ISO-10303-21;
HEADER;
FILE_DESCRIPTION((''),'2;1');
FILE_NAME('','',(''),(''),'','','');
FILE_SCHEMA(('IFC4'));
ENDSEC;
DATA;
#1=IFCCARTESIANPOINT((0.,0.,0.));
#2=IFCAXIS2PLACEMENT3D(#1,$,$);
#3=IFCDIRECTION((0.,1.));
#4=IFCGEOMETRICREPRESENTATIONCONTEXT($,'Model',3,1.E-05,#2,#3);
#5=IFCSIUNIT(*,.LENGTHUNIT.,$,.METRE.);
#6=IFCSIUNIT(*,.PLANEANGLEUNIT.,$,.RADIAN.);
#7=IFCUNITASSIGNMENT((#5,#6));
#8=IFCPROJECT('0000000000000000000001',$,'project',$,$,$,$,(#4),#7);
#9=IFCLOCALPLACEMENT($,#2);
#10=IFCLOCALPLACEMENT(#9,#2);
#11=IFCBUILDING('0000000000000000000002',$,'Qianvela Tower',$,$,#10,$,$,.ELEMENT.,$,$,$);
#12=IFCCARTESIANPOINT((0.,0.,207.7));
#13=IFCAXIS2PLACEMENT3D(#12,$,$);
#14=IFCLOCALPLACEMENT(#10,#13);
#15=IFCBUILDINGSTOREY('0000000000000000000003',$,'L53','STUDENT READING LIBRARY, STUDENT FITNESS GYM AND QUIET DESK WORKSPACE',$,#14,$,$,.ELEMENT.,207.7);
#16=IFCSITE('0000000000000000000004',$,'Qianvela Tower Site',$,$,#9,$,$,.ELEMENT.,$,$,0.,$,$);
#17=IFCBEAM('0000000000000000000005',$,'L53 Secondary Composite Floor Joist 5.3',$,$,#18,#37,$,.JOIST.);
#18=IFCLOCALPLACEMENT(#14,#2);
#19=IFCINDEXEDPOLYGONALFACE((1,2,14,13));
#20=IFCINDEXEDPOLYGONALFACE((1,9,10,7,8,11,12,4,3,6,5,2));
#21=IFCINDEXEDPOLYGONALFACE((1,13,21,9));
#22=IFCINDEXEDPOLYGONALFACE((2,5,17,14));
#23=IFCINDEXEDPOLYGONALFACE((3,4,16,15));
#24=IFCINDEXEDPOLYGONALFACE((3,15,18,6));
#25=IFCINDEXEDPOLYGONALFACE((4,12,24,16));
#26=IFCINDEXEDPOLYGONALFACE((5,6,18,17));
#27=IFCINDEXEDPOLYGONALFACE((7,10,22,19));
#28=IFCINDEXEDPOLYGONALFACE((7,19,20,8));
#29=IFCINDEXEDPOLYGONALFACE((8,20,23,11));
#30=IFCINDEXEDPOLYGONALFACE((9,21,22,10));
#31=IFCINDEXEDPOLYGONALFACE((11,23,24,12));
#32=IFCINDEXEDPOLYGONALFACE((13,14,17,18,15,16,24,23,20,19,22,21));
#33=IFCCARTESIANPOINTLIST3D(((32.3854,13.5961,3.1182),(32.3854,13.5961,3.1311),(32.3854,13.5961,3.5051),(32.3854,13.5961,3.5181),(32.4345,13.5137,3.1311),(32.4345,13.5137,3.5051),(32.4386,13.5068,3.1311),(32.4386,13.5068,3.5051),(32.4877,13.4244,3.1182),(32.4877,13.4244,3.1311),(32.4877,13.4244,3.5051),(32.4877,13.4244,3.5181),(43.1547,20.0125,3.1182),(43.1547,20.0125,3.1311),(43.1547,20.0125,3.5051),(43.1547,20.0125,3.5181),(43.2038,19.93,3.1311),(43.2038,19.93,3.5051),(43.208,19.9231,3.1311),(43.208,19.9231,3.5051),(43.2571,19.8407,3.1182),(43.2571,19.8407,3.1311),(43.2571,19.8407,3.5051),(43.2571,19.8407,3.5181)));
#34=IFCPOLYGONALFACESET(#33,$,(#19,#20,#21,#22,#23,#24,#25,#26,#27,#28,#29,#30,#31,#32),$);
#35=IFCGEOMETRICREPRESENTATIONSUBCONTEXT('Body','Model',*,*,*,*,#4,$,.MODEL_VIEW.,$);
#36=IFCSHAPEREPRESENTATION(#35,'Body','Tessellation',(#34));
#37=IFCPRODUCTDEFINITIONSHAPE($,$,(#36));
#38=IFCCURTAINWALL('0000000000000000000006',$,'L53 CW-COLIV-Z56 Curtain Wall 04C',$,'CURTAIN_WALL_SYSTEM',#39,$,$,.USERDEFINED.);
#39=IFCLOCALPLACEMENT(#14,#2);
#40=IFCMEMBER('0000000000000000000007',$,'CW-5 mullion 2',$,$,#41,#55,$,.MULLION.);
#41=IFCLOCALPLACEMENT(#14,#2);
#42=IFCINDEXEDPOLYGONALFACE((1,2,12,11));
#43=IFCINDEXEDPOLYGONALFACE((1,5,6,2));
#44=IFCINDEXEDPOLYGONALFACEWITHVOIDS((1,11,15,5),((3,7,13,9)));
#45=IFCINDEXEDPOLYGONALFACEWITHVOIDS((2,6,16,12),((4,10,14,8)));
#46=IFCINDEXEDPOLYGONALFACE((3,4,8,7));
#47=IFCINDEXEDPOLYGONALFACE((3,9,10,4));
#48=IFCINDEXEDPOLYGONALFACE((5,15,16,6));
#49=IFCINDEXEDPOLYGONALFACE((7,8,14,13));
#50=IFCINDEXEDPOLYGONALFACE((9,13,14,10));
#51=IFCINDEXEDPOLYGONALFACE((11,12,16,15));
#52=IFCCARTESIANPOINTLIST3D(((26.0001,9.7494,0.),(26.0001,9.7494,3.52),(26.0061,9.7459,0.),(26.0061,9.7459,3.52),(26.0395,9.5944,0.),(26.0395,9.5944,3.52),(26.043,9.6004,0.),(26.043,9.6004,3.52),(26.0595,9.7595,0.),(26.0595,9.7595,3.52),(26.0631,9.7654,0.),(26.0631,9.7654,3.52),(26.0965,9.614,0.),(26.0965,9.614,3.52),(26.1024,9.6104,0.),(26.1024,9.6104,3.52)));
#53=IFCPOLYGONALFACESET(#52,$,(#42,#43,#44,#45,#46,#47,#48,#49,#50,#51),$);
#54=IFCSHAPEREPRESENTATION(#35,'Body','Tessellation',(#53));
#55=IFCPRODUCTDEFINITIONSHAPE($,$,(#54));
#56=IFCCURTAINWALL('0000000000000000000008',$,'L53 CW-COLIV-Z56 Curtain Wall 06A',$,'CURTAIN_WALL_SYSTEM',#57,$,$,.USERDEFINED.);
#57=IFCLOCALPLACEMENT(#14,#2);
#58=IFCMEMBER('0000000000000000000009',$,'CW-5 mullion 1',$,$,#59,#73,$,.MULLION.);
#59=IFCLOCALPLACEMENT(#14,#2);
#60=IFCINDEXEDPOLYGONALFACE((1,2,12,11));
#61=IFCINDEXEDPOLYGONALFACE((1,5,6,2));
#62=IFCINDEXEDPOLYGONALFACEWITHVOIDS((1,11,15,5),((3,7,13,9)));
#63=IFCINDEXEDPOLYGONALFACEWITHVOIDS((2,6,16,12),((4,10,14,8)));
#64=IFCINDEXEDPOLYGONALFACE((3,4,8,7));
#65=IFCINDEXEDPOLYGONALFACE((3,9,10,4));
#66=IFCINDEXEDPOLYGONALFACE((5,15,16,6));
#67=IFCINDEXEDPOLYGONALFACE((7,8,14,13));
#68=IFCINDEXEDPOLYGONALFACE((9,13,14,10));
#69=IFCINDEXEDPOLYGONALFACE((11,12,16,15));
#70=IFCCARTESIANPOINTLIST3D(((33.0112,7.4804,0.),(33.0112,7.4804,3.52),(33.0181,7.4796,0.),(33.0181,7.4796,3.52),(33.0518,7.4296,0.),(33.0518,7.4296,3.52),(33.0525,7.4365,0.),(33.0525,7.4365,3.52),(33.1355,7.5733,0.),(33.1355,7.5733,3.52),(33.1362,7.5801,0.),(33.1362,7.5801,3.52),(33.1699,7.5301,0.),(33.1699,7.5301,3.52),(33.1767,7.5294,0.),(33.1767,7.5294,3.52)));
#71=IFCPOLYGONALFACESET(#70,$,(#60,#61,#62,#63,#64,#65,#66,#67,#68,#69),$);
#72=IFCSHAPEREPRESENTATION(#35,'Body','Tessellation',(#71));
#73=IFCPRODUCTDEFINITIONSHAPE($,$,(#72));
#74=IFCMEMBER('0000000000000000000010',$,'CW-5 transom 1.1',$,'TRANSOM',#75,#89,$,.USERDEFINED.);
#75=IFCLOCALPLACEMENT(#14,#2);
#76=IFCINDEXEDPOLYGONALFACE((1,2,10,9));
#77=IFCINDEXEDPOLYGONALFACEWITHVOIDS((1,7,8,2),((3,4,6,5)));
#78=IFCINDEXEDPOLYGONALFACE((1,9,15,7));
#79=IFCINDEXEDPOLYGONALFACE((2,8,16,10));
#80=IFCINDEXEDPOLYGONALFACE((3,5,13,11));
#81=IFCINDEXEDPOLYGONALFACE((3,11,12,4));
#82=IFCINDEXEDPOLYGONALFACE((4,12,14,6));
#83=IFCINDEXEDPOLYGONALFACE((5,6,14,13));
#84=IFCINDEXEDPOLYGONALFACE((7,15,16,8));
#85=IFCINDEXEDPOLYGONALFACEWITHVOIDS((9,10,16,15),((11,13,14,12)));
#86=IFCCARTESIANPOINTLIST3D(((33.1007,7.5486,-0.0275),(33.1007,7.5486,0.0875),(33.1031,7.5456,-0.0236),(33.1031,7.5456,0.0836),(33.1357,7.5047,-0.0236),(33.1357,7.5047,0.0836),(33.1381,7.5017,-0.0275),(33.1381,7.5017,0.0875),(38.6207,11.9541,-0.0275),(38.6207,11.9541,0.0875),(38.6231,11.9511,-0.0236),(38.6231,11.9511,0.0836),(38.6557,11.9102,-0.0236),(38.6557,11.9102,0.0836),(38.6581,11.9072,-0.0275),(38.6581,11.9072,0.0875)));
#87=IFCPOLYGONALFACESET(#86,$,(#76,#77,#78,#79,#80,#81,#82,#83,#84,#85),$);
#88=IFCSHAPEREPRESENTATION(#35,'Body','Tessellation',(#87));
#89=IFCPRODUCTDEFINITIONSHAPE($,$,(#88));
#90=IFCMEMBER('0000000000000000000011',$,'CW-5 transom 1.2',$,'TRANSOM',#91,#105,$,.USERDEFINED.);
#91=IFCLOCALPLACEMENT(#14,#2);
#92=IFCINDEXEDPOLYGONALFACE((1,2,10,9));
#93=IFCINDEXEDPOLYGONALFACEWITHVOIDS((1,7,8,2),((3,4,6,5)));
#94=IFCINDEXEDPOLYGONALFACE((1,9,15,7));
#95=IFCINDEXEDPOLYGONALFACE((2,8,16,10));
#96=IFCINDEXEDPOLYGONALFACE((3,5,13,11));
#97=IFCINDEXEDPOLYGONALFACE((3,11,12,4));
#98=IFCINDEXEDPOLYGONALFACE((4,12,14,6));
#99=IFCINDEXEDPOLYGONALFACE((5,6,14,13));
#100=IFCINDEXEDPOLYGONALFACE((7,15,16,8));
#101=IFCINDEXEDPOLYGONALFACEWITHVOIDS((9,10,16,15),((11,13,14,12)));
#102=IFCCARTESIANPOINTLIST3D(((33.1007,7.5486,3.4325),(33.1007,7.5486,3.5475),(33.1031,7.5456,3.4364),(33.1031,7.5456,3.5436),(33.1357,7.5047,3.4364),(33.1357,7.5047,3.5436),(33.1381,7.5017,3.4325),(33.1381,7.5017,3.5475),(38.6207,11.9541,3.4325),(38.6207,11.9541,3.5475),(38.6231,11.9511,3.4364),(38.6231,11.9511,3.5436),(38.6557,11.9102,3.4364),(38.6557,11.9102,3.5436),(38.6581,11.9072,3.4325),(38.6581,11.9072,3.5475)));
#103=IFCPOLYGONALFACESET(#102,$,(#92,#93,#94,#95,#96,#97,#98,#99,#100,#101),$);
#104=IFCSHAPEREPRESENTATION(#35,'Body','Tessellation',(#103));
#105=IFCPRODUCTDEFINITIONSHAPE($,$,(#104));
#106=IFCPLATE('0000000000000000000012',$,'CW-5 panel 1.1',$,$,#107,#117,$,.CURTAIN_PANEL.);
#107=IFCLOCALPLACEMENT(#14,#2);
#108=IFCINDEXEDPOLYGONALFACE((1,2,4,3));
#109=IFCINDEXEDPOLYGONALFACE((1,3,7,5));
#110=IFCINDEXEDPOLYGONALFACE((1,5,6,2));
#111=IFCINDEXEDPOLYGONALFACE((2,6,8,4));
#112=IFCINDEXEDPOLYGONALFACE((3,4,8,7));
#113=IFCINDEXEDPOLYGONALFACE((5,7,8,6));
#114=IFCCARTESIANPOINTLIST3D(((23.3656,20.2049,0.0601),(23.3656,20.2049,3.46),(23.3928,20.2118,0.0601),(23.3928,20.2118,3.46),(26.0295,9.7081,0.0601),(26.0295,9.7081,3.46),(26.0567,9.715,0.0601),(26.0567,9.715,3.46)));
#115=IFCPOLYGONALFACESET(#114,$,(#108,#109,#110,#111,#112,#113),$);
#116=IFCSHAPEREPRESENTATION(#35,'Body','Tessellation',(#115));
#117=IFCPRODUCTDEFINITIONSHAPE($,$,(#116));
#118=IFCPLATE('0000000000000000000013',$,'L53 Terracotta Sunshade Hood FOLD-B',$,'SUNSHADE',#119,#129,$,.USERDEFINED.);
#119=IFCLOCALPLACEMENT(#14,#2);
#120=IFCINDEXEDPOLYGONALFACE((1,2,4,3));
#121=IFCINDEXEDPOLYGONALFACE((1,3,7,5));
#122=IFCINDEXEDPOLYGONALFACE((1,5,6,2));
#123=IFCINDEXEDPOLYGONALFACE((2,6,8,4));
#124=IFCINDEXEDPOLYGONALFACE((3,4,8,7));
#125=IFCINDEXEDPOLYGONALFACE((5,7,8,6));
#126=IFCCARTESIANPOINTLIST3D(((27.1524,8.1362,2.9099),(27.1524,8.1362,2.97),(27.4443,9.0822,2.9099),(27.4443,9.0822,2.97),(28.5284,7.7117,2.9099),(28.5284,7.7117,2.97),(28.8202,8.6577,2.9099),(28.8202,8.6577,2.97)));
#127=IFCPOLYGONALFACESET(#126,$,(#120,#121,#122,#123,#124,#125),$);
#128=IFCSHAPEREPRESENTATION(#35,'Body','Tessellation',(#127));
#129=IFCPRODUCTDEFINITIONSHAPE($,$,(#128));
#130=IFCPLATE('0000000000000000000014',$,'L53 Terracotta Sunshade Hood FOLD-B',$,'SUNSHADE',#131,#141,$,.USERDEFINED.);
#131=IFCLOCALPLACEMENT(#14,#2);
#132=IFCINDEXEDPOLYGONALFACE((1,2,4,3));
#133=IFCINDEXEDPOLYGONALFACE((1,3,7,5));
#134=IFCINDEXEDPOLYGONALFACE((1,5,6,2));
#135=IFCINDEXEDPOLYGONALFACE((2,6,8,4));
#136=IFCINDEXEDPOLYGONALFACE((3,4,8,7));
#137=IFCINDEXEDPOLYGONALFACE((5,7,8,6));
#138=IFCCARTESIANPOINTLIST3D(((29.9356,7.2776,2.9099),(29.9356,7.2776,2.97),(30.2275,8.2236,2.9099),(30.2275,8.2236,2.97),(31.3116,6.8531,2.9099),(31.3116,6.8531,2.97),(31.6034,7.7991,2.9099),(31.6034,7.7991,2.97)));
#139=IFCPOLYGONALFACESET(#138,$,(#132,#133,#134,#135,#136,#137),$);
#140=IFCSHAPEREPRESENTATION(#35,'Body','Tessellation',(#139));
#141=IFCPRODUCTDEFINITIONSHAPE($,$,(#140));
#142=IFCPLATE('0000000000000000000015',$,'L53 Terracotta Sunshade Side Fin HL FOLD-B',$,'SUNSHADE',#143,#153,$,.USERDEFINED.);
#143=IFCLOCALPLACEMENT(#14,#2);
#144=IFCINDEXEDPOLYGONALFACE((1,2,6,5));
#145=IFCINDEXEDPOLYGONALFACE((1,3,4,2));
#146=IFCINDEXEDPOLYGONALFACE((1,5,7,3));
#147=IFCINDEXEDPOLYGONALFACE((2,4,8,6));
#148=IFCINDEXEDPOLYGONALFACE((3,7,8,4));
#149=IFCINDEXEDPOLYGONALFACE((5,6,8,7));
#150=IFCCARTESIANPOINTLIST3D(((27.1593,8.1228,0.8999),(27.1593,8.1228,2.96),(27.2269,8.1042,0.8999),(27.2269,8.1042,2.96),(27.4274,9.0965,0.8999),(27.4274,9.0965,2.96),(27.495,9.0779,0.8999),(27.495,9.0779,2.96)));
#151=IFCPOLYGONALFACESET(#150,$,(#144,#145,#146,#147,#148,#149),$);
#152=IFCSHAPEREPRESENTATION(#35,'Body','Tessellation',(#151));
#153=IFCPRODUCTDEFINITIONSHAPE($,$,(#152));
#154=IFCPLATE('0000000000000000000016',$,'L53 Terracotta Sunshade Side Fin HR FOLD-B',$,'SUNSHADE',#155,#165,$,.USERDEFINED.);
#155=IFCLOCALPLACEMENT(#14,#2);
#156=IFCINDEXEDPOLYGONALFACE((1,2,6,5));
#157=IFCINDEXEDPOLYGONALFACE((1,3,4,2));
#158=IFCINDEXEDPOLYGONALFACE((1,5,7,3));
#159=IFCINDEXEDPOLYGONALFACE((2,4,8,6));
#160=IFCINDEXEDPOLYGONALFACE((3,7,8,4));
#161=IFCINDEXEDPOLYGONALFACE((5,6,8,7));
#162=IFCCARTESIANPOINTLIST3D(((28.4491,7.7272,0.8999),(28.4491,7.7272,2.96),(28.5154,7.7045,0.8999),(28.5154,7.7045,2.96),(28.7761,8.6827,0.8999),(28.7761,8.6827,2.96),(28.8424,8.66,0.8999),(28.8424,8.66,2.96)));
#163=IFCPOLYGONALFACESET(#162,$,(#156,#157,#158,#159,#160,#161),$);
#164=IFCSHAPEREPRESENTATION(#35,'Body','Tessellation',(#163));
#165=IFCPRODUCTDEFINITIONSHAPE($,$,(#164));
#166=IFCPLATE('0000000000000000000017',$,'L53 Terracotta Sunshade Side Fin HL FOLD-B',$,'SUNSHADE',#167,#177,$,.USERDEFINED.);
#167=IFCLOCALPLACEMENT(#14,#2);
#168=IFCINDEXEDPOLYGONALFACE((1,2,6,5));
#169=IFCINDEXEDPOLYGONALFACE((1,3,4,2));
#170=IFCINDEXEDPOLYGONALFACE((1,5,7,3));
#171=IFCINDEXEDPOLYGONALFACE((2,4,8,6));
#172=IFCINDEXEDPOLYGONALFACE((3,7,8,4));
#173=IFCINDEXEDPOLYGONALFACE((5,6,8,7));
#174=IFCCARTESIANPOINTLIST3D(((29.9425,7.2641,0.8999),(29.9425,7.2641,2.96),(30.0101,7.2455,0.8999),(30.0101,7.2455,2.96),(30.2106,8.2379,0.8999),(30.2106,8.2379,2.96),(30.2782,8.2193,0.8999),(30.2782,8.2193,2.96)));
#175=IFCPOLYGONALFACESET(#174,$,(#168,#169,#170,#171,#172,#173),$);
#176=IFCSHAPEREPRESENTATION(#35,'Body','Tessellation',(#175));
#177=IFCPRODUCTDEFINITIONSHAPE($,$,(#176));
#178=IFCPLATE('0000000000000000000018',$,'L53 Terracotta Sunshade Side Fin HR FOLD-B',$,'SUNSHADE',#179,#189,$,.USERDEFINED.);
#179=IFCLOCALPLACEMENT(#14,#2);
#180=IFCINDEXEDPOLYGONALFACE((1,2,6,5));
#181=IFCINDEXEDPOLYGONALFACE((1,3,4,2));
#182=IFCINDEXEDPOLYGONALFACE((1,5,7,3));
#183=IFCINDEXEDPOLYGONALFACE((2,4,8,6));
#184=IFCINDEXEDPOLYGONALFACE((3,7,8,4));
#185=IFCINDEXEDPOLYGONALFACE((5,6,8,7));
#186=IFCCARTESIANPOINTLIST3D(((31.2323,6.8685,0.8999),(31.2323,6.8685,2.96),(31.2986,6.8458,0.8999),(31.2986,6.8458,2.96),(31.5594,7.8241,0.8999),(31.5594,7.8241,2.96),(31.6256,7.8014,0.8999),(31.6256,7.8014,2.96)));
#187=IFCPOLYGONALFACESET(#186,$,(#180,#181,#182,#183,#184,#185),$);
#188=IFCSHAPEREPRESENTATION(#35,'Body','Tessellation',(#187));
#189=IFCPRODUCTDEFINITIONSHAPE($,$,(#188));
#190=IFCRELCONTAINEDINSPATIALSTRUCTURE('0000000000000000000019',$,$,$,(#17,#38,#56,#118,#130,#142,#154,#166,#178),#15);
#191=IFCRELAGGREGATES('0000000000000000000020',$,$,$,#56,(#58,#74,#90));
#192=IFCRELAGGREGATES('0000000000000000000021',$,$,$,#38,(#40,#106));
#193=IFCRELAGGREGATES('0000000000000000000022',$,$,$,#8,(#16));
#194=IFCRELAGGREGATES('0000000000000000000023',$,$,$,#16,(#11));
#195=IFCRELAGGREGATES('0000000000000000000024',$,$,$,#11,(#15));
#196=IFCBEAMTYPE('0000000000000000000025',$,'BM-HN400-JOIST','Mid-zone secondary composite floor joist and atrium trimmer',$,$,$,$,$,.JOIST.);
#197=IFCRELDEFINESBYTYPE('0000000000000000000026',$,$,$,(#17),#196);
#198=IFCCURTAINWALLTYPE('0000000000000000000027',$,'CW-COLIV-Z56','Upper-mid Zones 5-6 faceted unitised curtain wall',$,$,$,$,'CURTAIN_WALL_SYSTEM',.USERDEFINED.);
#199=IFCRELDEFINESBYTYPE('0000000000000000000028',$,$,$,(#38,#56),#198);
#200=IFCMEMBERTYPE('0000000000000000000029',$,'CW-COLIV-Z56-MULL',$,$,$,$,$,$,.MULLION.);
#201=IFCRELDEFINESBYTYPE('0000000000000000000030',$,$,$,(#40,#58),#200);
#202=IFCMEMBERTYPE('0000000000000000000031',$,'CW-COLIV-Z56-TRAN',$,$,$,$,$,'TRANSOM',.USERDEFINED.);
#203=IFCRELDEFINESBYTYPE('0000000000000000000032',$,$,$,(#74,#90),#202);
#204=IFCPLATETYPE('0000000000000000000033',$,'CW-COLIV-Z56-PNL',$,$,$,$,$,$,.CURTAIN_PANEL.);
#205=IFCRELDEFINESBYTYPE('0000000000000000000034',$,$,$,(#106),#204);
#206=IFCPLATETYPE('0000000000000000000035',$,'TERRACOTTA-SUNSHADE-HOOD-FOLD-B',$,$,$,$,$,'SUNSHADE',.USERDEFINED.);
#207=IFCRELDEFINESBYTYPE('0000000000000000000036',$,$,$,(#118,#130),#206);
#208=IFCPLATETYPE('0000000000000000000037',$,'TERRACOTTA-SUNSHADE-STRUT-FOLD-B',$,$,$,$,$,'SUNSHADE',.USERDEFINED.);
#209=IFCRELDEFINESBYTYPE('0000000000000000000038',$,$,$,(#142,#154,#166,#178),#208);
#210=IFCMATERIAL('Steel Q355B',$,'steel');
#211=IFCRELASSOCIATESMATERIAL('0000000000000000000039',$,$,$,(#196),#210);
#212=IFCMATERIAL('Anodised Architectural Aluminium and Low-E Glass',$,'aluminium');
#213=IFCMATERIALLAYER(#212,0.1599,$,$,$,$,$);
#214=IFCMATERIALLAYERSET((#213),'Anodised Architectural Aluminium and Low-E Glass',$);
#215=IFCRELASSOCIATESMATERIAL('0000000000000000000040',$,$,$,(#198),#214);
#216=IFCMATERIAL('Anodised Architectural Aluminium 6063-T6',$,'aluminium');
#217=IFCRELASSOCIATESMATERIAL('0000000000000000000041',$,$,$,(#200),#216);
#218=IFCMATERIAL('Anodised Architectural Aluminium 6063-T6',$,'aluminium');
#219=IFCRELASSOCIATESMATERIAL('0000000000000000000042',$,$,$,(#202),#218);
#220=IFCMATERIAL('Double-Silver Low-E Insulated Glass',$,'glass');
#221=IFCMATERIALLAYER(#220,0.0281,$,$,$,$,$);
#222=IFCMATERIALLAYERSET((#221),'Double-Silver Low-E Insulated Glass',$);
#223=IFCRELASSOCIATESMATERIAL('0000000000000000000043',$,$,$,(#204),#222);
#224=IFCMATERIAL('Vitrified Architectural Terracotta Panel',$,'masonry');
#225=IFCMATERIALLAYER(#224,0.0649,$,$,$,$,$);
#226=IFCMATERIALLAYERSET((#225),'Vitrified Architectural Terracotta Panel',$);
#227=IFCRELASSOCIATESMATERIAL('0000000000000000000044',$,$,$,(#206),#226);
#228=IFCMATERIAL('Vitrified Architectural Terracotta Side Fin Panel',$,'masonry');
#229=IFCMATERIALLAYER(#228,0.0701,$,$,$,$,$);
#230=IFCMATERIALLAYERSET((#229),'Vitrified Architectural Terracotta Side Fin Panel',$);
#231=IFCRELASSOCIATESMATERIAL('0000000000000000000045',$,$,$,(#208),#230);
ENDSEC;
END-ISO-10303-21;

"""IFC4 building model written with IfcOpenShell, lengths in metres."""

from ifc_helpers import new_model, si_unit, direction, frame, origin, origin_2d, place, context, subcontext, project, spatial, rectangle, hollow_rectangle, i_section, extrude, material, layer, layer_set, material_profile, profile_set, type_object, element, aggregate, save


model = new_model("IFC4")

# Units and contexts
model_context = context("Model", 3, precision=1e-05, world=origin(), true_north=direction((0.0, 1.0)))
body_context = subcontext(model_context, "Body", "Model", "MODEL_VIEW")
ifc_project = project(units=[si_unit("LENGTHUNIT", "METRE"), si_unit("PLANEANGLEUNIT", "RADIAN")], contexts=[model_context])

# Site, building, storey
site_placement = place(None, origin())
site = spatial("IfcSite", under=ifc_project, at=site_placement, Name="Qianvela Tower Site", CompositionType="ELEMENT", RefElevation=0.0)
building_placement = place(site_placement, origin())
building = spatial("IfcBuilding", under=site, at=building_placement, Name="Qianvela Tower", CompositionType="ELEMENT")
storey_placement = place(building_placement, frame((0.0, 0.0, 207.7)))
storey = spatial("IfcBuildingStorey", under=building, at=storey_placement, Name="L53", Description="STUDENT READING LIBRARY, STUDENT FITNESS GYM AND QUIET DESK WORKSPACE", CompositionType="ELEMENT", Elevation=207.7)

# Beam
ifc_material_1 = material(Name="Steel Q355B", Category="steel")
ifc_material_profile_1 = material_profile(ifc_material_1, i_section(OverallWidth=0.2, OverallDepth=0.3999, WebThickness=0.0081, FlangeThickness=0.0129, at=origin_2d()), Name="HN400x200x8x13")
ifc_profile_set_1 = profile_set([ifc_material_profile_1], Name="Steel Q355B")
beam_type = type_object("IfcBeamType", Name="BM-HN400-JOIST", Description="Mid-zone secondary composite floor joist and atrium trimmer", PredefinedType="JOIST", material=ifc_profile_set_1)
beam_placement = place(storey_placement, frame((32.4365, 13.5103, 3.3181), z_axis=(0.859084, 0.511835, 0.0), x_axis=(-0.511835, 0.859084, 0.0)))
element("IfcBeam", 1, at=beam_placement, inside=storey, type_object=beam_type, Name="L53 Secondary Composite Floor Joist 5.3", PredefinedType="JOIST", context=body_context, shape_type="SweptSolid", body=[
    extrude(i_section(OverallWidth=0.2, OverallDepth=0.3999, WebThickness=0.0081, FlangeThickness=0.0129, at=origin_2d()), origin(), (0.0, 0.0, 1.0), 12.5359),
])

# Curtain wall, member
ifc_material_2 = material(Name="Anodised Architectural Aluminium and Low-E Glass", Category="aluminium")
ifc_layer_1 = layer(ifc_material_2, 0.1599)
ifc_layer_set_1 = layer_set([ifc_layer_1], Name="Anodised Architectural Aluminium and Low-E Glass")
curtain_wall_type = type_object("IfcCurtainWallType", Name="CW-COLIV-Z56", Description="Upper-mid Zones 5-6 faceted unitised curtain wall", ElementType="CURTAIN_WALL_SYSTEM", PredefinedType="USERDEFINED", material=ifc_layer_set_1)
curtain_wall_1_placement = place(storey_placement, origin())
curtain_wall_1 = element("IfcCurtainWall", 2, at=curtain_wall_1_placement, inside=storey, type_object=curtain_wall_type, Name="L53 CW-COLIV-Z56 Curtain Wall 04C", ObjectType="CURTAIN_WALL_SYSTEM", PredefinedType="USERDEFINED")
ifc_material_3 = material(Name="Anodised Architectural Aluminium 6063-T6", Category="aluminium")
ifc_material_profile_2 = material_profile(ifc_material_3, hollow_rectangle(XDim=0.0649, YDim=0.1599, WallThickness=0.0049, at=origin_2d()), Name="ALU-MULL-65x160")
ifc_profile_set_2 = profile_set([ifc_material_profile_2], Name="Anodised Architectural Aluminium 6063-T6")
member_type_1 = type_object("IfcMemberType", Name="CW-COLIV-Z56-MULL", PredefinedType="MULLION", material=ifc_profile_set_2)
member_1_placement = place(storey_placement, frame((26.0513, 9.6799, 0.0), z_axis=(0.0, 0.0, 1.0), x_axis=(0.969274, 0.245984, 0.0)))
member_1 = element("IfcMember", 3, at=member_1_placement, type_object=member_type_1, Name="CW-5 mullion 2", PredefinedType="MULLION", context=body_context, shape_type="SweptSolid", body=[
    extrude(hollow_rectangle(XDim=0.0649, YDim=0.1599, WallThickness=0.0049, at=origin_2d()), origin(), (0.0, 0.0, 1.0), 3.52),
])

# Curtain wall, members
curtain_wall_2_placement = place(storey_placement, origin())
curtain_wall_2 = element("IfcCurtainWall", 4, at=curtain_wall_2_placement, inside=storey, type_object=curtain_wall_type, Name="L53 CW-COLIV-Z56 Curtain Wall 06A", ObjectType="CURTAIN_WALL_SYSTEM", PredefinedType="USERDEFINED")
member_2_placement = place(storey_placement, frame((33.094, 7.5049, 0.0), z_axis=(0.0, 0.0, 1.0), x_axis=(-0.623783, 0.781597, 0.0)))
member_2 = element("IfcMember", 5, at=member_2_placement, type_object=member_type_1, Name="CW-5 mullion 1", PredefinedType="MULLION", context=body_context, shape_type="SweptSolid", body=[
    extrude(hollow_rectangle(XDim=0.0649, YDim=0.1599, WallThickness=0.0049, at=origin_2d()), origin(), (0.0, 0.0, 1.0), 3.52),
])
ifc_material_4 = material(Name="Anodised Architectural Aluminium 6063-T6", Category="aluminium")
ifc_material_profile_3 = material_profile(ifc_material_4, hollow_rectangle(XDim=0.0601, YDim=0.115, WallThickness=0.0039, at=origin_2d()), Name="ALU-TRAN-60x115")
ifc_profile_set_3 = profile_set([ifc_material_profile_3], Name="Anodised Architectural Aluminium 6063-T6")
member_type_2 = type_object("IfcMemberType", Name="CW-COLIV-Z56-TRAN", ElementType="TRANSOM", PredefinedType="USERDEFINED", material=ifc_profile_set_3)
member_3_placement = place(storey_placement, frame((33.1194, 7.5251, 0.03), z_axis=(0.781593, 0.623788, 0.0), x_axis=(-0.623788, 0.781593, 0.0)))
member_3 = element("IfcMember", 6, at=member_3_placement, type_object=member_type_2, Name="CW-5 transom 1.1", ObjectType="TRANSOM", PredefinedType="USERDEFINED", context=body_context, shape_type="SweptSolid", body=[
    extrude(hollow_rectangle(XDim=0.0601, YDim=0.115, WallThickness=0.0039, at=origin_2d()), origin(), (0.0, 0.0, 1.0), 7.0625),
])
member_4_placement = place(storey_placement, frame((33.1194, 7.5251, 3.49), z_axis=(0.781593, 0.623788, 0.0), x_axis=(-0.623788, 0.781593, 0.0)))
member_4 = element("IfcMember", 7, at=member_4_placement, type_object=member_type_2, Name="CW-5 transom 1.2", ObjectType="TRANSOM", PredefinedType="USERDEFINED", context=body_context, shape_type="SweptSolid", body=[
    extrude(hollow_rectangle(XDim=0.0601, YDim=0.115, WallThickness=0.0039, at=origin_2d()), origin(), (0.0, 0.0, 1.0), 7.0625),
])
aggregate(curtain_wall_2, [member_2, member_3, member_4])

# Plate
ifc_material_5 = material(Name="Double-Silver Low-E Insulated Glass", Category="glass")
ifc_layer_2 = layer(ifc_material_5, 0.0281)
ifc_layer_set_2 = layer_set([ifc_layer_2], Name="Double-Silver Low-E Insulated Glass")
plate_type_1 = type_object("IfcPlateType", Name="CW-COLIV-Z56-PNL", PredefinedType="CURTAIN_PANEL", material=ifc_layer_set_2)
plate_placement = place(storey_placement, frame((24.7112, 14.96, 0.0601), z_axis=(0.0, 0.0, 1.0), x_axis=(0.245984, -0.969274, 0.0)))
plate = element("IfcPlate", 8, at=plate_placement, type_object=plate_type_1, Name="CW-5 panel 1.1", PredefinedType="CURTAIN_PANEL", context=body_context, shape_type="SweptSolid", body=[
    extrude(rectangle(XDim=10.8296, YDim=0.0281, at=origin_2d()), origin(), (0.0, 0.0, 1.0), 3.3999),
])
aggregate(curtain_wall_1, [member_1, plate])

# Plates
ifc_material_6 = material(Name="Vitrified Architectural Terracotta Panel", Category="masonry")
ifc_layer_3 = layer(ifc_material_6, 0.0649)
ifc_layer_set_3 = layer_set([ifc_layer_3], Name="Vitrified Architectural Terracotta Panel")
plate_type_2 = type_object("IfcPlateType", Name="TERRACOTTA-SUNSHADE-HOOD-FOLD-B", ElementType="SUNSHADE", PredefinedType="USERDEFINED", material=ifc_layer_set_3)
for number, where, z_axis, x_axis, name in (
    (9, (27.9863, 8.397, 2.9099), (0.0, 0.0, 1.0), (0.95556, -0.294798, 0.0), "L53 Terracotta Sunshade Hood FOLD-B"),
    (10, (30.7695, 7.5383, 2.9099), (0.0, 0.0, 1.0), (0.95556, -0.294798, 0.0), "L53 Terracotta Sunshade Hood FOLD-B"),
):
    element("IfcPlate", number, at=place(storey_placement, frame(where, z_axis=z_axis, x_axis=x_axis)), inside=storey, type_object=plate_type_2, Name=name, ObjectType="SUNSHADE", PredefinedType="USERDEFINED", context=body_context, shape_type="SweptSolid", body=[
        extrude(rectangle(XDim=1.4399, YDim=0.99, at=origin_2d()), origin(), (0.0, 0.0, 1.0), 0.0601),
    ])
ifc_material_7 = material(Name="Vitrified Architectural Terracotta Side Fin Panel", Category="masonry")
ifc_layer_4 = layer(ifc_material_7, 0.0701)
ifc_layer_set_4 = layer_set([ifc_layer_4], Name="Vitrified Architectural Terracotta Side Fin Panel")
plate_type_3 = type_object("IfcPlateType", Name="TERRACOTTA-SUNSHADE-STRUT-FOLD-B", ElementType="SUNSHADE", PredefinedType="USERDEFINED", material=ifc_layer_set_4)
for number, where, z_axis, x_axis, name in (
    (11, (27.3271, 8.6003, 0.8999), (0.0, 0.0, 1.0), (0.964117, -0.265479, 0.0), "L53 Terracotta Sunshade Side Fin HL FOLD-B"),
    (12, (28.6458, 8.1936, 0.8999), (0.0, 0.0, 1.0), (0.946111, -0.323841, 0.0), "L53 Terracotta Sunshade Side Fin HR FOLD-B"),
    (13, (30.1104, 7.7417, 0.8999), (0.0, 0.0, 1.0), (0.964117, -0.265479, 0.0), "L53 Terracotta Sunshade Side Fin HL FOLD-B"),
    (14, (31.429, 7.335, 0.8999), (0.0, 0.0, 1.0), (0.946111, -0.323841, 0.0), "L53 Terracotta Sunshade Side Fin HR FOLD-B"),
):
    element("IfcPlate", number, at=place(storey_placement, frame(where, z_axis=z_axis, x_axis=x_axis)), inside=storey, type_object=plate_type_3, Name=name, ObjectType="SUNSHADE", PredefinedType="USERDEFINED", context=body_context, shape_type="SweptSolid", body=[
        extrude(rectangle(XDim=0.0701, YDim=1.01, at=origin_2d()), origin(), (0.0, 0.0, 1.0), 2.0601),
    ])

save(model, "model.ifc")
